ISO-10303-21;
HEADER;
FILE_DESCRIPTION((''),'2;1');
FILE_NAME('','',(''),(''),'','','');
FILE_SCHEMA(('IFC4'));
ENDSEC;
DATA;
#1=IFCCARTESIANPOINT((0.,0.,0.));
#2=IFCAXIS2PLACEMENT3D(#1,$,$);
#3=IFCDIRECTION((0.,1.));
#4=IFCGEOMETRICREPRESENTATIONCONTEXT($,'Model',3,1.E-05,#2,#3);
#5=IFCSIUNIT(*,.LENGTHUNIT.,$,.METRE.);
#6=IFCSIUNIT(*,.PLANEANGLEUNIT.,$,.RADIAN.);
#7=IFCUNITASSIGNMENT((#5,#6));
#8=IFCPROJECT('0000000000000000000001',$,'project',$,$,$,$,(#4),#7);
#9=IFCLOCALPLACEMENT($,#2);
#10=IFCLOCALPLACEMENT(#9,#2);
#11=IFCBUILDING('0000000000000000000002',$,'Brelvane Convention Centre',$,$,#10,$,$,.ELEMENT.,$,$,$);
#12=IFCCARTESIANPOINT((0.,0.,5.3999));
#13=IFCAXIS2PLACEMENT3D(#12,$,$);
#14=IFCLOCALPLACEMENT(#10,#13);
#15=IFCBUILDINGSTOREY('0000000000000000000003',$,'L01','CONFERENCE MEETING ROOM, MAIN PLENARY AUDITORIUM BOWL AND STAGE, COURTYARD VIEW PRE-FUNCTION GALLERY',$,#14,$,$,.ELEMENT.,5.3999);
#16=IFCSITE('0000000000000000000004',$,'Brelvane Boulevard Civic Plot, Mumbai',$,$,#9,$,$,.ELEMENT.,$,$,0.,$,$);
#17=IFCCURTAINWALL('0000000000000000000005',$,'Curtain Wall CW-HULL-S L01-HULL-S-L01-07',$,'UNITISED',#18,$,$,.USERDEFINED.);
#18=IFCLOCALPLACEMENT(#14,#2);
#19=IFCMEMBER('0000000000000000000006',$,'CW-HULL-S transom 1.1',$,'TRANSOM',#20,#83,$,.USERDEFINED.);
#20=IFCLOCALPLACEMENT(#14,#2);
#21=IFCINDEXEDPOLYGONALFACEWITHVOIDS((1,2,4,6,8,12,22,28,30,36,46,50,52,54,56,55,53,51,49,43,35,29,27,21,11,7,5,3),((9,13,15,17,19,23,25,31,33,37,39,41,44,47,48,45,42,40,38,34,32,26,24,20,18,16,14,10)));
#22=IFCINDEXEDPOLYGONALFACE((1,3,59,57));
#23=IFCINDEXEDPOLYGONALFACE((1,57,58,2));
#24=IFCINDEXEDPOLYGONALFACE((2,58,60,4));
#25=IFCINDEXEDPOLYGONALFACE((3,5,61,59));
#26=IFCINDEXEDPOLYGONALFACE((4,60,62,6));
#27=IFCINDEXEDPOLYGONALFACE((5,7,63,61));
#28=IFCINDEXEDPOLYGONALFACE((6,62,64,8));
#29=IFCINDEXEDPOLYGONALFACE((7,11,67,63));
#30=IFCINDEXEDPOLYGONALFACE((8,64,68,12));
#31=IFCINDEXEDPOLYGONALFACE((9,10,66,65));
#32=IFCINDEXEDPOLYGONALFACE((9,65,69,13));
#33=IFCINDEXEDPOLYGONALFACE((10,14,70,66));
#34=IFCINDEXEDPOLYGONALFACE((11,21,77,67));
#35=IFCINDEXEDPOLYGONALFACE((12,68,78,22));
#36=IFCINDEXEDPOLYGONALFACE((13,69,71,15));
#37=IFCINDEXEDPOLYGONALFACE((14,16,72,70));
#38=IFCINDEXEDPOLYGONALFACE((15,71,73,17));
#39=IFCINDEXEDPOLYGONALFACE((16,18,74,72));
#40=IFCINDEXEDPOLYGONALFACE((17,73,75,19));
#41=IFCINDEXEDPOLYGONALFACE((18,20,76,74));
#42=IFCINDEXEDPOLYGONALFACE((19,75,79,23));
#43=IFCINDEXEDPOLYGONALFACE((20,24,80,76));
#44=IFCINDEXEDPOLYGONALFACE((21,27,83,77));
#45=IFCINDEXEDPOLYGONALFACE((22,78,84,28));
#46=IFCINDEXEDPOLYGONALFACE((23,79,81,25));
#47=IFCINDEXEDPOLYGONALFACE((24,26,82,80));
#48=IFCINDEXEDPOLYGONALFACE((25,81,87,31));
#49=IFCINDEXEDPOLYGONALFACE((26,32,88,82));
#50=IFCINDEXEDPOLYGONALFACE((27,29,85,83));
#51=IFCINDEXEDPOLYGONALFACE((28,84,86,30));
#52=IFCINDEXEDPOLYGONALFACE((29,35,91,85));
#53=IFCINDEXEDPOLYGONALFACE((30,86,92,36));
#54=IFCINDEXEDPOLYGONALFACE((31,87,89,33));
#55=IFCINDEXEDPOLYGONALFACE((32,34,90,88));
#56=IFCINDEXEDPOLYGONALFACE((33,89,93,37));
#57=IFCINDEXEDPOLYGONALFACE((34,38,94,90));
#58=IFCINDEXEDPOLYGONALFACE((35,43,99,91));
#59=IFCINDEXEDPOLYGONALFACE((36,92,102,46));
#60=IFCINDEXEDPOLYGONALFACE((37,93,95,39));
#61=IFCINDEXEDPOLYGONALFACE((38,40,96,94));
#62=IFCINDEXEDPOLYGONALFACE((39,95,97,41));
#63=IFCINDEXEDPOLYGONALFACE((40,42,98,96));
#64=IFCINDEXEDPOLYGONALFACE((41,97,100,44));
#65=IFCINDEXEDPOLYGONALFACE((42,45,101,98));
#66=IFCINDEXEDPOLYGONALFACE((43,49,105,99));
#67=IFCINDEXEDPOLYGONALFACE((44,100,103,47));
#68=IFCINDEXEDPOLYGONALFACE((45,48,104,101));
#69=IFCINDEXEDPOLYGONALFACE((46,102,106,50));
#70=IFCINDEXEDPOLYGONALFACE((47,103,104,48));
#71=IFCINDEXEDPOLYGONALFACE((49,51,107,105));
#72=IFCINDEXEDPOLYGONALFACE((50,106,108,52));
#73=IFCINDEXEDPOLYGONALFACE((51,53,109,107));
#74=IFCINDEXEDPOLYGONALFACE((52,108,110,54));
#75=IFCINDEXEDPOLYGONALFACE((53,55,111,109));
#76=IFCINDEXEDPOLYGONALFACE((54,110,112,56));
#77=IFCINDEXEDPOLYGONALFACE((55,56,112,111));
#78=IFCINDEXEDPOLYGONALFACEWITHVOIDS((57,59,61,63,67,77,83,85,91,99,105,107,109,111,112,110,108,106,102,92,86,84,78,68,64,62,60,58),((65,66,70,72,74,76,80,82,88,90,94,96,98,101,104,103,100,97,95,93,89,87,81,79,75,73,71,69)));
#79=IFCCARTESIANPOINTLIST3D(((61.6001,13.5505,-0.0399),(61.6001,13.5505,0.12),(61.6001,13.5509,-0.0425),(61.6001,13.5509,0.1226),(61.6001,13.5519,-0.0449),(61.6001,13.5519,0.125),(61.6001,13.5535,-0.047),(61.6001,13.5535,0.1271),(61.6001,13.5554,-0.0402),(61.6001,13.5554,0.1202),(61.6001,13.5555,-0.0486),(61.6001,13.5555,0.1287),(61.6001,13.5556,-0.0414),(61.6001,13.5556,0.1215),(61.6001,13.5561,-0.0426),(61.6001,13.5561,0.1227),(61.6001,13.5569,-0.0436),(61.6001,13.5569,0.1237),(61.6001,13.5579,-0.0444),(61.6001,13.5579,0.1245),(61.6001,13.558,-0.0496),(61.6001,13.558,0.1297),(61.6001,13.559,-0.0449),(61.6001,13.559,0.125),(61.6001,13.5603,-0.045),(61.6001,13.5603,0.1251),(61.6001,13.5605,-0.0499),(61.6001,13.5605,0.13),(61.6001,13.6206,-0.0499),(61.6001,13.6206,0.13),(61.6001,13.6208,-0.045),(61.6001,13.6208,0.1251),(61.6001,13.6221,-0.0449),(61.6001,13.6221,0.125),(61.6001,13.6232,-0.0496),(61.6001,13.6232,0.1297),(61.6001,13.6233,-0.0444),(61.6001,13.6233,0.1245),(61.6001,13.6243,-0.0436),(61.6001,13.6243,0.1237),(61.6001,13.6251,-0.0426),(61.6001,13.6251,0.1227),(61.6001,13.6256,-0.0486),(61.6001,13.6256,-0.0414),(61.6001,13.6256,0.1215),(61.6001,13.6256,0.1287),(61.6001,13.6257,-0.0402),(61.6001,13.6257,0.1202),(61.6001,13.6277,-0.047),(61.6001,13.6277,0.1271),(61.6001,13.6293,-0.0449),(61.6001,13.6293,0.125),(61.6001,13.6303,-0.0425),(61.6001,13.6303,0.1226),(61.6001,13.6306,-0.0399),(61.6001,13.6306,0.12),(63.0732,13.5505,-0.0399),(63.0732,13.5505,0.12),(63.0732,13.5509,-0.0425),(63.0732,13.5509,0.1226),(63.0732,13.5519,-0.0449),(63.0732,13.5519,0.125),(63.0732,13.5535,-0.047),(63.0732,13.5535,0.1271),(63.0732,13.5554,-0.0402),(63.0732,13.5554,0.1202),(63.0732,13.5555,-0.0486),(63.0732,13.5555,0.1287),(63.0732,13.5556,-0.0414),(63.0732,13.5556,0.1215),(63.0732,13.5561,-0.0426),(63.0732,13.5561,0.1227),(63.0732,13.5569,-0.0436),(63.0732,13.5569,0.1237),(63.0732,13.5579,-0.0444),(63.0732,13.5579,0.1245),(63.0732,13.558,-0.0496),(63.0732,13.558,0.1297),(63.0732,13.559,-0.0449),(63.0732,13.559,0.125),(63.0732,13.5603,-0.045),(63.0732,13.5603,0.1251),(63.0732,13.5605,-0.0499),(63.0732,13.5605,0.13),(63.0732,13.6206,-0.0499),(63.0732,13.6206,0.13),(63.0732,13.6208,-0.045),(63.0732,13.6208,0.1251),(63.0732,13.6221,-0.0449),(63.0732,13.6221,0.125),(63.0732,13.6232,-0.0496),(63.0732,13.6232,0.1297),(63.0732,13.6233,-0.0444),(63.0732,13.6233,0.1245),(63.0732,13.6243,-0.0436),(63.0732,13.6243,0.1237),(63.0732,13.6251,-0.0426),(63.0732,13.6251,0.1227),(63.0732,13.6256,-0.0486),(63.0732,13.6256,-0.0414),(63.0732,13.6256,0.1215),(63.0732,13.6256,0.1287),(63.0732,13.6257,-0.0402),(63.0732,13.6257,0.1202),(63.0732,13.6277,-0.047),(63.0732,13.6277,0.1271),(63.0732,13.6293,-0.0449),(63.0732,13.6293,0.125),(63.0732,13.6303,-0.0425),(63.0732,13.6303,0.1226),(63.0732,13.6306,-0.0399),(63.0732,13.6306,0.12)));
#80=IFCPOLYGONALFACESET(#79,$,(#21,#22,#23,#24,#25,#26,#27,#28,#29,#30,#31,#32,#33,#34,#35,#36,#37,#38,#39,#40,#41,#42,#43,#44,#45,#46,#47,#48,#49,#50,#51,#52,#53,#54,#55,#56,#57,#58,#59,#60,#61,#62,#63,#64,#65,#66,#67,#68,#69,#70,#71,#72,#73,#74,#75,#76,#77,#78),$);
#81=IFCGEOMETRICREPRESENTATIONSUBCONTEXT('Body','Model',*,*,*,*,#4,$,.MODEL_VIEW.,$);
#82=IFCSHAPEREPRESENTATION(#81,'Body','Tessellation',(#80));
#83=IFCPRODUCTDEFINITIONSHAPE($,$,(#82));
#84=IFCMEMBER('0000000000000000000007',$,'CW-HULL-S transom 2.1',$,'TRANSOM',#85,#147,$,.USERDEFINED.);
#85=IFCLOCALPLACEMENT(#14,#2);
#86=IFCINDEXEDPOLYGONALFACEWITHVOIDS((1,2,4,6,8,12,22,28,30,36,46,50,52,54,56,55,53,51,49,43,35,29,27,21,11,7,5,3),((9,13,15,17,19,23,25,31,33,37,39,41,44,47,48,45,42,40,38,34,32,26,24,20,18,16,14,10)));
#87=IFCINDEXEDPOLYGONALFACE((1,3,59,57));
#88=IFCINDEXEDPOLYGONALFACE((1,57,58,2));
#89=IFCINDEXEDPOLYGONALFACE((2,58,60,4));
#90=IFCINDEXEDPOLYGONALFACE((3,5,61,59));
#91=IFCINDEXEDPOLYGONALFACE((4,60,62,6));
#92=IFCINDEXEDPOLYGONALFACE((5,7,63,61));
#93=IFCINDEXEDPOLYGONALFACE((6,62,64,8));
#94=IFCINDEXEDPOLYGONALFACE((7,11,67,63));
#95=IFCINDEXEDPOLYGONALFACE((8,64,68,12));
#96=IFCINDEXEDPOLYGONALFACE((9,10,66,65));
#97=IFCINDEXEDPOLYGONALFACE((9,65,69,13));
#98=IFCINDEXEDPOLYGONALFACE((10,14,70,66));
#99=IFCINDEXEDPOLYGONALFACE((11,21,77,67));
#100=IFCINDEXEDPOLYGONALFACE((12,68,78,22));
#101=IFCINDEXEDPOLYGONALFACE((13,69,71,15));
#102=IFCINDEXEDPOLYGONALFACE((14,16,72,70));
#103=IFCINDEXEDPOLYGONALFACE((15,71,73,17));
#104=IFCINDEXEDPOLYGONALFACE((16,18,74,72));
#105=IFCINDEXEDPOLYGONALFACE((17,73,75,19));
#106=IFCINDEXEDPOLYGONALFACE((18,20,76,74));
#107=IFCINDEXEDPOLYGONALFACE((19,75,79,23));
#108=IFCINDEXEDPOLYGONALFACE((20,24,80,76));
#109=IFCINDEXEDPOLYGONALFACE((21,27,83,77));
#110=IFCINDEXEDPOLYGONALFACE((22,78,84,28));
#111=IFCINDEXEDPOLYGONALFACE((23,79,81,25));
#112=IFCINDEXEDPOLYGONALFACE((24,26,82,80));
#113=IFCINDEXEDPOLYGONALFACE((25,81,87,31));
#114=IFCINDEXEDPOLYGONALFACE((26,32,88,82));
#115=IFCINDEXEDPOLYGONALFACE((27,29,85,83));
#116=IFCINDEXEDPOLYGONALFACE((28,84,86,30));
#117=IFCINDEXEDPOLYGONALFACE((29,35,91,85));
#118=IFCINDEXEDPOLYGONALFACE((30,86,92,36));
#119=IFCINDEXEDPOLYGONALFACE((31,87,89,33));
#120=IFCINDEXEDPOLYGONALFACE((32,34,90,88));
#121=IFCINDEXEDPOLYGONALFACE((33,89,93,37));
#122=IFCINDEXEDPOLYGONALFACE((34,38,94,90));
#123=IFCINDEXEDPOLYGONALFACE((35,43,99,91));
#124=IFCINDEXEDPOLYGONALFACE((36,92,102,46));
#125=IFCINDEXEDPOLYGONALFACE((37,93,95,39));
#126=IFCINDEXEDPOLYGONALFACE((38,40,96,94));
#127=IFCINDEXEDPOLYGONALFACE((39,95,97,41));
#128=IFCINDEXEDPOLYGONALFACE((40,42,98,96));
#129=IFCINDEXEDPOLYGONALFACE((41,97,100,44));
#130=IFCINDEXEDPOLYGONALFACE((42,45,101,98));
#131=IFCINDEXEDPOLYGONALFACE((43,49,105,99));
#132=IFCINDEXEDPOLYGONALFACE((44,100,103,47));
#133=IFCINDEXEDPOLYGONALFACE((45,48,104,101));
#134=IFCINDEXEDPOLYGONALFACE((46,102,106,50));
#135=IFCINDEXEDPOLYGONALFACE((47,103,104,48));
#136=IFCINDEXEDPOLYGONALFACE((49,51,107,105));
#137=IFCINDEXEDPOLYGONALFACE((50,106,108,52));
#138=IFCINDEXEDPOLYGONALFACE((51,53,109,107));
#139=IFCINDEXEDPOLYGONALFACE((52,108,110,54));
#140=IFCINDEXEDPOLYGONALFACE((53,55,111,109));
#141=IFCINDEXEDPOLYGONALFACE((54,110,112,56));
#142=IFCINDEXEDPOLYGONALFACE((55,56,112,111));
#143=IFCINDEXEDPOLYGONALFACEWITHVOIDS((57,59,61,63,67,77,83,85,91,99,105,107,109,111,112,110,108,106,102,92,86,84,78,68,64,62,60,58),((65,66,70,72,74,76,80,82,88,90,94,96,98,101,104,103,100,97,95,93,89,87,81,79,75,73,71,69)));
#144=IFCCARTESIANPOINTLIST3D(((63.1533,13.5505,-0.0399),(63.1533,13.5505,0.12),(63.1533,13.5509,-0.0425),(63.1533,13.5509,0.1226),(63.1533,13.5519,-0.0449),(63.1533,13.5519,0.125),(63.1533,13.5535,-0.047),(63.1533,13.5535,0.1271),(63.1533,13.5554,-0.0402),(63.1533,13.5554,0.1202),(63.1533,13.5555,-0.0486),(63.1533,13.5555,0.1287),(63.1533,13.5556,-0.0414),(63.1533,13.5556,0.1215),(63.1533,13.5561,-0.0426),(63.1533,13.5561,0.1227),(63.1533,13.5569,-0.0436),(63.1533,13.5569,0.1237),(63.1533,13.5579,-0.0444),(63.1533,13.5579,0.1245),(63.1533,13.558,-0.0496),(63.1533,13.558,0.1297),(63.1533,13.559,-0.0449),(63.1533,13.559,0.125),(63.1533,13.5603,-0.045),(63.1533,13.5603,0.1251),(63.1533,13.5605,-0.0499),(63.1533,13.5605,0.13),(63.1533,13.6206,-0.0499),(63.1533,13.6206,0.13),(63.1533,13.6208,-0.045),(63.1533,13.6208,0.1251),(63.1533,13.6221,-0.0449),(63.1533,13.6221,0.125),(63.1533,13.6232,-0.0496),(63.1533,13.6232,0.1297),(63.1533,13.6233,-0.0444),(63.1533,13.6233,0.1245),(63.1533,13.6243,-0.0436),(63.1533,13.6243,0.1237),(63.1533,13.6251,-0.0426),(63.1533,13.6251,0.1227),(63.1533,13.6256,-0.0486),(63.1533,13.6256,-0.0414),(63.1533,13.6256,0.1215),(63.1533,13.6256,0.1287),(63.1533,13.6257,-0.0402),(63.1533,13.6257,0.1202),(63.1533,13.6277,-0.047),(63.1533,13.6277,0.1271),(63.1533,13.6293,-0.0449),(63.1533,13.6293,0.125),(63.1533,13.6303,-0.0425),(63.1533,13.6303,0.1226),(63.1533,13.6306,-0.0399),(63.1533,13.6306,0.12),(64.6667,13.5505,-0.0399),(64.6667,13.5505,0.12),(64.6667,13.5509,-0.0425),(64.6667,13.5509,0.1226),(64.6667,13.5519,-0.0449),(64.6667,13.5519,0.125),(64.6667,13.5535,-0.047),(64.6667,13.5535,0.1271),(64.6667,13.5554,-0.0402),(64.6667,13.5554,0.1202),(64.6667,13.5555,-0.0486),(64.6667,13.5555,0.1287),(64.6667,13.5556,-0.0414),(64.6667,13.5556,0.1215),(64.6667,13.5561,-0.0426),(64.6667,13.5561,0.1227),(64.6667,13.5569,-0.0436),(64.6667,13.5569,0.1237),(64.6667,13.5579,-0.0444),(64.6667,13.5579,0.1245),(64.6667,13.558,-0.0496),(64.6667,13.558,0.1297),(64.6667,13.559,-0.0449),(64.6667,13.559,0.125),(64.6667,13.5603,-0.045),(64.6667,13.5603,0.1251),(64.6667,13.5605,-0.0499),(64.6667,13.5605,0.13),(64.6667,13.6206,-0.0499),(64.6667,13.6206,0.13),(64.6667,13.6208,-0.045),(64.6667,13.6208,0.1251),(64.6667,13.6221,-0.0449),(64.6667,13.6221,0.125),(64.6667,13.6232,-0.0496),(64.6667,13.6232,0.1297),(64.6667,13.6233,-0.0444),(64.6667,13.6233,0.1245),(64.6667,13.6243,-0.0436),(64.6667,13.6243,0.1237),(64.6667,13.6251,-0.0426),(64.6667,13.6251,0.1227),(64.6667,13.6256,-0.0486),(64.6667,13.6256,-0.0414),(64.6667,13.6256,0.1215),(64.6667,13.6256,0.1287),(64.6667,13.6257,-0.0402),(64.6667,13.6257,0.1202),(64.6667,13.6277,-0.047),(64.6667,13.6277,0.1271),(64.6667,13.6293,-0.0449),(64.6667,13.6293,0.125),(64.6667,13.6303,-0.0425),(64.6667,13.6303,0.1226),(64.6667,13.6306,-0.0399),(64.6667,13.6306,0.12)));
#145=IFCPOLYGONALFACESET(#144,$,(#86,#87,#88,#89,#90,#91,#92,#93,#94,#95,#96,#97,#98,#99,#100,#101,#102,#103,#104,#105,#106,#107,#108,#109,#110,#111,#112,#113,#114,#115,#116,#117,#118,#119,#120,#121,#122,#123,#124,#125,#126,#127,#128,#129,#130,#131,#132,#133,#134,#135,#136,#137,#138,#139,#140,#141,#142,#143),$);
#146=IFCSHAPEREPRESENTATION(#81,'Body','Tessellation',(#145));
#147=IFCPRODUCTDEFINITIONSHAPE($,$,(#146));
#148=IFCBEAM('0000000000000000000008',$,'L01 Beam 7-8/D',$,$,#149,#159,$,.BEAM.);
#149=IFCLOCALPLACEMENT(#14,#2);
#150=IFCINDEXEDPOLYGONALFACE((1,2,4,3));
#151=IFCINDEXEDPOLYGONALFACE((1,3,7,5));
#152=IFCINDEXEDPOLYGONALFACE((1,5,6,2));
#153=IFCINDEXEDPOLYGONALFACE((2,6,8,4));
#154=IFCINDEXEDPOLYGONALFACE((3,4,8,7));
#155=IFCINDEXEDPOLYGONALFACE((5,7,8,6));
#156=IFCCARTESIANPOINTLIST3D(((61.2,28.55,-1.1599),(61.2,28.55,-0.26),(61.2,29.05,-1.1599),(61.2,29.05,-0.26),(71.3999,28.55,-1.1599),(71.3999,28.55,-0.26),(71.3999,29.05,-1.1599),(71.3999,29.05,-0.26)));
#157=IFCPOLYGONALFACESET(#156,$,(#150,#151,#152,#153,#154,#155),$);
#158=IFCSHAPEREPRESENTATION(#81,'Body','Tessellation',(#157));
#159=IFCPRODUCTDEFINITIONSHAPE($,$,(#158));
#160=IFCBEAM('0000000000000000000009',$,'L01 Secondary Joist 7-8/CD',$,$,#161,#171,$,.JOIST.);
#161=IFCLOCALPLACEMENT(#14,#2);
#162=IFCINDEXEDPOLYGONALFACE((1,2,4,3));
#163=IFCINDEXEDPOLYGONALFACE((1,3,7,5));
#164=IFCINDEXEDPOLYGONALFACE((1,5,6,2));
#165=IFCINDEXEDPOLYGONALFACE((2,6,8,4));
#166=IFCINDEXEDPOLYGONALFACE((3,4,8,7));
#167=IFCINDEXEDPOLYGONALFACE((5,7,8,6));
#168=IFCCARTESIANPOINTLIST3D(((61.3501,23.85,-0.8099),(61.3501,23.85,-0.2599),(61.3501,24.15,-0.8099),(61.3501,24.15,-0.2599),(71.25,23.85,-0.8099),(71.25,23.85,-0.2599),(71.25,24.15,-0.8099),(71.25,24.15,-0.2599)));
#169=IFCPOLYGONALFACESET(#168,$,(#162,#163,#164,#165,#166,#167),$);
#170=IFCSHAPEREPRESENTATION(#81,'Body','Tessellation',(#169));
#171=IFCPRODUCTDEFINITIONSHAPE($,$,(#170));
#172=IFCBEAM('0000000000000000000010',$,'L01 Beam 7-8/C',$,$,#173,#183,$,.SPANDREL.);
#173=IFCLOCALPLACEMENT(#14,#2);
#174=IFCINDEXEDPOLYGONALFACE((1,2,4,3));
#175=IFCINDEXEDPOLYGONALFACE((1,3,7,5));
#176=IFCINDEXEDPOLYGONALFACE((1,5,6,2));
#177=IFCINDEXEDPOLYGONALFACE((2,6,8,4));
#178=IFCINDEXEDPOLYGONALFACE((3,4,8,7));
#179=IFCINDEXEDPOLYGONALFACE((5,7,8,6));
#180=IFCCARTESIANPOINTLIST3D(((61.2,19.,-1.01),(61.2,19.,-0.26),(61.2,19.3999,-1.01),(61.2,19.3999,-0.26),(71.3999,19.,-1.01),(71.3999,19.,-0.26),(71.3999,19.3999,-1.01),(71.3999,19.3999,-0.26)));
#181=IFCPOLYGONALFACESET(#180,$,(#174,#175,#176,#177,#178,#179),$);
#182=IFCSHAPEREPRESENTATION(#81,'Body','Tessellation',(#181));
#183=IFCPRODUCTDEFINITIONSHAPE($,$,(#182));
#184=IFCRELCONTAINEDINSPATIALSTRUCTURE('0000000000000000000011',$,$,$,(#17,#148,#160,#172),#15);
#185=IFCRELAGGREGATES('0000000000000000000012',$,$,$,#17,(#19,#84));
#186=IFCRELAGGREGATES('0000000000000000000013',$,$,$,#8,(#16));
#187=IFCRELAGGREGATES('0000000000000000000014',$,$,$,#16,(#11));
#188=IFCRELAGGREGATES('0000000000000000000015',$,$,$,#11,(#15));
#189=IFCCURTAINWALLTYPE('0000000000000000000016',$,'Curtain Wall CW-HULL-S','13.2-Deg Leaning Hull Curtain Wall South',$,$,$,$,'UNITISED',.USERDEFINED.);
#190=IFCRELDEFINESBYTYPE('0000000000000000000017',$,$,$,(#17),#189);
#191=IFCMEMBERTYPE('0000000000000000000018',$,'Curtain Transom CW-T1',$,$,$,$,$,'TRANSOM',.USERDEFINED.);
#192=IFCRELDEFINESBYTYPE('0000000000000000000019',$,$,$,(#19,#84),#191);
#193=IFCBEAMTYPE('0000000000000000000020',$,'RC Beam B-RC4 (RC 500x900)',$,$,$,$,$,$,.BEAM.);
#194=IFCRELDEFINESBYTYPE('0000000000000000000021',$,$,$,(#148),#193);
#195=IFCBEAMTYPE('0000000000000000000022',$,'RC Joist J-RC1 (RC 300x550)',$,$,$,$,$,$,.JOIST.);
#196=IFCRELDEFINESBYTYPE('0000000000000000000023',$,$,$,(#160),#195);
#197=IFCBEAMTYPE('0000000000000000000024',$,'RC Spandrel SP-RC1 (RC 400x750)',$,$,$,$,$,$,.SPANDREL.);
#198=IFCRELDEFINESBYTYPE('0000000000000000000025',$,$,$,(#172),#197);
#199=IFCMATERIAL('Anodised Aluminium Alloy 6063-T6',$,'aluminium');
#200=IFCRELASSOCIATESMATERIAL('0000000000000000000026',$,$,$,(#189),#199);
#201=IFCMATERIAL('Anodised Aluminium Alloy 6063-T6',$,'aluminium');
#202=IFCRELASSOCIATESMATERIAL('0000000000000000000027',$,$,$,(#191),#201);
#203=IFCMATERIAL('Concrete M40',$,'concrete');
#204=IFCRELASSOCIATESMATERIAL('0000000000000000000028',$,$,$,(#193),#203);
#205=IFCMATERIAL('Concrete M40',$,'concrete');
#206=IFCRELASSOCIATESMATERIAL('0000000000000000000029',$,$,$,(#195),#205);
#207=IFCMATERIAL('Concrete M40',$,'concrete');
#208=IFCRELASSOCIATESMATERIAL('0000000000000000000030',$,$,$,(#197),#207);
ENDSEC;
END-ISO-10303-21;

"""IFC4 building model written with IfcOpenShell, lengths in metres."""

from ifc_helpers import new_model, si_unit, direction, frame, origin, origin_2d, place, context, subcontext, project, spatial, rectangle, hollow_rectangle, extrude, material, material_profile, profile_set, type_object, element, aggregate, save


model = new_model("IFC4")

# Units and contexts
model_context = context("Model", 3, precision=1e-05, world=origin(), true_north=direction((0.0, 1.0)))
body_context = subcontext(model_context, "Body", "Model", "MODEL_VIEW")
ifc_project = project(units=[si_unit("LENGTHUNIT", "METRE"), si_unit("PLANEANGLEUNIT", "RADIAN")], contexts=[model_context])

# Site, building, storey
site_placement = place(None, origin())
site = spatial("IfcSite", under=ifc_project, at=site_placement, Name="Brelvane Boulevard Civic Plot, Mumbai", CompositionType="ELEMENT", RefElevation=0.0)
building_placement = place(site_placement, origin())
building = spatial("IfcBuilding", under=site, at=building_placement, Name="Brelvane Convention Centre", CompositionType="ELEMENT")
storey_placement = place(building_placement, frame((0.0, 0.0, 5.3999)))
storey = spatial("IfcBuildingStorey", under=building, at=storey_placement, Name="L01", Description="CONFERENCE MEETING ROOM, MAIN PLENARY AUDITORIUM BOWL AND STAGE, COURTYARD VIEW PRE-FUNCTION GALLERY", CompositionType="ELEMENT", Elevation=5.3999)

# Curtain wall
ifc_material_1 = material(Name="Anodised Aluminium Alloy 6063-T6", Category="aluminium")
curtain_wall_type = type_object("IfcCurtainWallType", Name="Curtain Wall CW-HULL-S", Description="13.2-Deg Leaning Hull Curtain Wall South", ElementType="UNITISED", PredefinedType="USERDEFINED", material=ifc_material_1)
curtain_wall_1_placement = place(storey_placement, origin())
curtain_wall_1 = element("IfcCurtainWall", 1, at=curtain_wall_1_placement, inside=storey, type_object=curtain_wall_type, Name="Curtain Wall CW-HULL-S L01-HULL-S-L01-07", ObjectType="UNITISED", PredefinedType="USERDEFINED")

# Members
ifc_material_2 = material(Name="Anodised Aluminium Alloy 6063-T6", Category="aluminium")
ifc_material_profile_1 = material_profile(ifc_material_2, hollow_rectangle(XDim=0.0801, YDim=0.1799, WallThickness=0.0049, InnerFilletRadius=0.0049, OuterFilletRadius=0.01, at=origin_2d()), Name="ALU-T 180x80x5.0")
ifc_profile_set_1 = profile_set([ifc_material_profile_1], Name="Anodised Aluminium Alloy 6063-T6")
member_type_1 = type_object("IfcMemberType", Name="Curtain Transom CW-T1", ElementType="TRANSOM", PredefinedType="USERDEFINED", material=ifc_profile_set_1)
member_1_placement = place(storey_placement, frame((61.6001, 13.5906, 0.04), z_axis=(1.0, 0.0, 0.0), x_axis=(0.0, 1.0, 0.0)))
member_1 = element("IfcMember", 2, at=member_1_placement, type_object=member_type_1, Name="CW-HULL-S transom 1.1", ObjectType="TRANSOM", PredefinedType="USERDEFINED", context=body_context, shape_type="SweptSolid", body=[
    extrude(hollow_rectangle(XDim=0.0801, YDim=0.1799, WallThickness=0.0049, InnerFilletRadius=0.0049, OuterFilletRadius=0.01, at=origin_2d()), origin(), (0.0, 0.0, 1.0), 1.4731),
])
member_2_placement = place(storey_placement, frame((63.1533, 13.5906, 0.04), z_axis=(1.0, 0.0, 0.0), x_axis=(0.0, 1.0, 0.0)))
member_2 = element("IfcMember", 3, at=member_2_placement, type_object=member_type_1, Name="CW-HULL-S transom 2.1", ObjectType="TRANSOM", PredefinedType="USERDEFINED", context=body_context, shape_type="SweptSolid", body=[
    extrude(hollow_rectangle(XDim=0.0801, YDim=0.1799, WallThickness=0.0049, InnerFilletRadius=0.0049, OuterFilletRadius=0.01, at=origin_2d()), origin(), (0.0, 0.0, 1.0), 1.5134),
])

# Beams
ifc_material_3 = material(Name="Concrete M40", Category="concrete")
ifc_material_profile_2 = material_profile(ifc_material_3, rectangle(XDim=0.5, YDim=0.8999, at=origin_2d()), Name="RC 500x900")
ifc_profile_set_2 = profile_set([ifc_material_profile_2], Name="Concrete M40")
beam_type_1 = type_object("IfcBeamType", Name="RC Beam B-RC4 (RC 500x900)", PredefinedType="BEAM", material=ifc_profile_set_2)
beam_1_placement = place(storey_placement, frame((61.2, 28.8, -0.71), z_axis=(1.0, 0.0, 0.0), x_axis=(0.0, 1.0, 0.0)))
element("IfcBeam", 4, at=beam_1_placement, inside=storey, type_object=beam_type_1, Name="L01 Beam 7-8/D", PredefinedType="BEAM", context=body_context, shape_type="SweptSolid", body=[
    extrude(rectangle(XDim=0.5, YDim=0.8999, at=origin_2d()), origin(), (0.0, 0.0, 1.0), 10.2),
])
ifc_material_4 = material(Name="Concrete M40", Category="concrete")
ifc_material_profile_3 = material_profile(ifc_material_4, rectangle(XDim=0.3, YDim=0.55, at=origin_2d()), Name="RC 300x550")
ifc_profile_set_3 = profile_set([ifc_material_profile_3], Name="Concrete M40")
beam_type_2 = type_object("IfcBeamType", Name="RC Joist J-RC1 (RC 300x550)", PredefinedType="JOIST", material=ifc_profile_set_3)
beam_2_placement = place(storey_placement, frame((61.3501, 24.0, -0.5349), z_axis=(1.0, 0.0, 0.0), x_axis=(0.0, 1.0, 0.0)))
element("IfcBeam", 5, at=beam_2_placement, inside=storey, type_object=beam_type_2, Name="L01 Secondary Joist 7-8/CD", PredefinedType="JOIST", context=body_context, shape_type="SweptSolid", body=[
    extrude(rectangle(XDim=0.3, YDim=0.55, at=origin_2d()), origin(), (0.0, 0.0, 1.0), 9.8999),
])
ifc_material_5 = material(Name="Concrete M40", Category="concrete")
ifc_material_profile_4 = material_profile(ifc_material_5, rectangle(XDim=0.3999, YDim=0.75, at=origin_2d()), Name="RC 400x750")
ifc_profile_set_4 = profile_set([ifc_material_profile_4], Name="Concrete M40")
beam_type_3 = type_object("IfcBeamType", Name="RC Spandrel SP-RC1 (RC 400x750)", PredefinedType="SPANDREL", material=ifc_profile_set_4)
beam_3_placement = place(storey_placement, frame((61.2, 19.2, -0.635), z_axis=(1.0, 0.0, 0.0), x_axis=(0.0, 1.0, 0.0)))
element("IfcBeam", 6, at=beam_3_placement, inside=storey, type_object=beam_type_3, Name="L01 Beam 7-8/C", PredefinedType="SPANDREL", context=body_context, shape_type="SweptSolid", body=[
    extrude(rectangle(XDim=0.3999, YDim=0.75, at=origin_2d()), origin(), (0.0, 0.0, 1.0), 10.2),
])

aggregate(curtain_wall_1, [member_1, member_2])

save(model, "model.ifc")
